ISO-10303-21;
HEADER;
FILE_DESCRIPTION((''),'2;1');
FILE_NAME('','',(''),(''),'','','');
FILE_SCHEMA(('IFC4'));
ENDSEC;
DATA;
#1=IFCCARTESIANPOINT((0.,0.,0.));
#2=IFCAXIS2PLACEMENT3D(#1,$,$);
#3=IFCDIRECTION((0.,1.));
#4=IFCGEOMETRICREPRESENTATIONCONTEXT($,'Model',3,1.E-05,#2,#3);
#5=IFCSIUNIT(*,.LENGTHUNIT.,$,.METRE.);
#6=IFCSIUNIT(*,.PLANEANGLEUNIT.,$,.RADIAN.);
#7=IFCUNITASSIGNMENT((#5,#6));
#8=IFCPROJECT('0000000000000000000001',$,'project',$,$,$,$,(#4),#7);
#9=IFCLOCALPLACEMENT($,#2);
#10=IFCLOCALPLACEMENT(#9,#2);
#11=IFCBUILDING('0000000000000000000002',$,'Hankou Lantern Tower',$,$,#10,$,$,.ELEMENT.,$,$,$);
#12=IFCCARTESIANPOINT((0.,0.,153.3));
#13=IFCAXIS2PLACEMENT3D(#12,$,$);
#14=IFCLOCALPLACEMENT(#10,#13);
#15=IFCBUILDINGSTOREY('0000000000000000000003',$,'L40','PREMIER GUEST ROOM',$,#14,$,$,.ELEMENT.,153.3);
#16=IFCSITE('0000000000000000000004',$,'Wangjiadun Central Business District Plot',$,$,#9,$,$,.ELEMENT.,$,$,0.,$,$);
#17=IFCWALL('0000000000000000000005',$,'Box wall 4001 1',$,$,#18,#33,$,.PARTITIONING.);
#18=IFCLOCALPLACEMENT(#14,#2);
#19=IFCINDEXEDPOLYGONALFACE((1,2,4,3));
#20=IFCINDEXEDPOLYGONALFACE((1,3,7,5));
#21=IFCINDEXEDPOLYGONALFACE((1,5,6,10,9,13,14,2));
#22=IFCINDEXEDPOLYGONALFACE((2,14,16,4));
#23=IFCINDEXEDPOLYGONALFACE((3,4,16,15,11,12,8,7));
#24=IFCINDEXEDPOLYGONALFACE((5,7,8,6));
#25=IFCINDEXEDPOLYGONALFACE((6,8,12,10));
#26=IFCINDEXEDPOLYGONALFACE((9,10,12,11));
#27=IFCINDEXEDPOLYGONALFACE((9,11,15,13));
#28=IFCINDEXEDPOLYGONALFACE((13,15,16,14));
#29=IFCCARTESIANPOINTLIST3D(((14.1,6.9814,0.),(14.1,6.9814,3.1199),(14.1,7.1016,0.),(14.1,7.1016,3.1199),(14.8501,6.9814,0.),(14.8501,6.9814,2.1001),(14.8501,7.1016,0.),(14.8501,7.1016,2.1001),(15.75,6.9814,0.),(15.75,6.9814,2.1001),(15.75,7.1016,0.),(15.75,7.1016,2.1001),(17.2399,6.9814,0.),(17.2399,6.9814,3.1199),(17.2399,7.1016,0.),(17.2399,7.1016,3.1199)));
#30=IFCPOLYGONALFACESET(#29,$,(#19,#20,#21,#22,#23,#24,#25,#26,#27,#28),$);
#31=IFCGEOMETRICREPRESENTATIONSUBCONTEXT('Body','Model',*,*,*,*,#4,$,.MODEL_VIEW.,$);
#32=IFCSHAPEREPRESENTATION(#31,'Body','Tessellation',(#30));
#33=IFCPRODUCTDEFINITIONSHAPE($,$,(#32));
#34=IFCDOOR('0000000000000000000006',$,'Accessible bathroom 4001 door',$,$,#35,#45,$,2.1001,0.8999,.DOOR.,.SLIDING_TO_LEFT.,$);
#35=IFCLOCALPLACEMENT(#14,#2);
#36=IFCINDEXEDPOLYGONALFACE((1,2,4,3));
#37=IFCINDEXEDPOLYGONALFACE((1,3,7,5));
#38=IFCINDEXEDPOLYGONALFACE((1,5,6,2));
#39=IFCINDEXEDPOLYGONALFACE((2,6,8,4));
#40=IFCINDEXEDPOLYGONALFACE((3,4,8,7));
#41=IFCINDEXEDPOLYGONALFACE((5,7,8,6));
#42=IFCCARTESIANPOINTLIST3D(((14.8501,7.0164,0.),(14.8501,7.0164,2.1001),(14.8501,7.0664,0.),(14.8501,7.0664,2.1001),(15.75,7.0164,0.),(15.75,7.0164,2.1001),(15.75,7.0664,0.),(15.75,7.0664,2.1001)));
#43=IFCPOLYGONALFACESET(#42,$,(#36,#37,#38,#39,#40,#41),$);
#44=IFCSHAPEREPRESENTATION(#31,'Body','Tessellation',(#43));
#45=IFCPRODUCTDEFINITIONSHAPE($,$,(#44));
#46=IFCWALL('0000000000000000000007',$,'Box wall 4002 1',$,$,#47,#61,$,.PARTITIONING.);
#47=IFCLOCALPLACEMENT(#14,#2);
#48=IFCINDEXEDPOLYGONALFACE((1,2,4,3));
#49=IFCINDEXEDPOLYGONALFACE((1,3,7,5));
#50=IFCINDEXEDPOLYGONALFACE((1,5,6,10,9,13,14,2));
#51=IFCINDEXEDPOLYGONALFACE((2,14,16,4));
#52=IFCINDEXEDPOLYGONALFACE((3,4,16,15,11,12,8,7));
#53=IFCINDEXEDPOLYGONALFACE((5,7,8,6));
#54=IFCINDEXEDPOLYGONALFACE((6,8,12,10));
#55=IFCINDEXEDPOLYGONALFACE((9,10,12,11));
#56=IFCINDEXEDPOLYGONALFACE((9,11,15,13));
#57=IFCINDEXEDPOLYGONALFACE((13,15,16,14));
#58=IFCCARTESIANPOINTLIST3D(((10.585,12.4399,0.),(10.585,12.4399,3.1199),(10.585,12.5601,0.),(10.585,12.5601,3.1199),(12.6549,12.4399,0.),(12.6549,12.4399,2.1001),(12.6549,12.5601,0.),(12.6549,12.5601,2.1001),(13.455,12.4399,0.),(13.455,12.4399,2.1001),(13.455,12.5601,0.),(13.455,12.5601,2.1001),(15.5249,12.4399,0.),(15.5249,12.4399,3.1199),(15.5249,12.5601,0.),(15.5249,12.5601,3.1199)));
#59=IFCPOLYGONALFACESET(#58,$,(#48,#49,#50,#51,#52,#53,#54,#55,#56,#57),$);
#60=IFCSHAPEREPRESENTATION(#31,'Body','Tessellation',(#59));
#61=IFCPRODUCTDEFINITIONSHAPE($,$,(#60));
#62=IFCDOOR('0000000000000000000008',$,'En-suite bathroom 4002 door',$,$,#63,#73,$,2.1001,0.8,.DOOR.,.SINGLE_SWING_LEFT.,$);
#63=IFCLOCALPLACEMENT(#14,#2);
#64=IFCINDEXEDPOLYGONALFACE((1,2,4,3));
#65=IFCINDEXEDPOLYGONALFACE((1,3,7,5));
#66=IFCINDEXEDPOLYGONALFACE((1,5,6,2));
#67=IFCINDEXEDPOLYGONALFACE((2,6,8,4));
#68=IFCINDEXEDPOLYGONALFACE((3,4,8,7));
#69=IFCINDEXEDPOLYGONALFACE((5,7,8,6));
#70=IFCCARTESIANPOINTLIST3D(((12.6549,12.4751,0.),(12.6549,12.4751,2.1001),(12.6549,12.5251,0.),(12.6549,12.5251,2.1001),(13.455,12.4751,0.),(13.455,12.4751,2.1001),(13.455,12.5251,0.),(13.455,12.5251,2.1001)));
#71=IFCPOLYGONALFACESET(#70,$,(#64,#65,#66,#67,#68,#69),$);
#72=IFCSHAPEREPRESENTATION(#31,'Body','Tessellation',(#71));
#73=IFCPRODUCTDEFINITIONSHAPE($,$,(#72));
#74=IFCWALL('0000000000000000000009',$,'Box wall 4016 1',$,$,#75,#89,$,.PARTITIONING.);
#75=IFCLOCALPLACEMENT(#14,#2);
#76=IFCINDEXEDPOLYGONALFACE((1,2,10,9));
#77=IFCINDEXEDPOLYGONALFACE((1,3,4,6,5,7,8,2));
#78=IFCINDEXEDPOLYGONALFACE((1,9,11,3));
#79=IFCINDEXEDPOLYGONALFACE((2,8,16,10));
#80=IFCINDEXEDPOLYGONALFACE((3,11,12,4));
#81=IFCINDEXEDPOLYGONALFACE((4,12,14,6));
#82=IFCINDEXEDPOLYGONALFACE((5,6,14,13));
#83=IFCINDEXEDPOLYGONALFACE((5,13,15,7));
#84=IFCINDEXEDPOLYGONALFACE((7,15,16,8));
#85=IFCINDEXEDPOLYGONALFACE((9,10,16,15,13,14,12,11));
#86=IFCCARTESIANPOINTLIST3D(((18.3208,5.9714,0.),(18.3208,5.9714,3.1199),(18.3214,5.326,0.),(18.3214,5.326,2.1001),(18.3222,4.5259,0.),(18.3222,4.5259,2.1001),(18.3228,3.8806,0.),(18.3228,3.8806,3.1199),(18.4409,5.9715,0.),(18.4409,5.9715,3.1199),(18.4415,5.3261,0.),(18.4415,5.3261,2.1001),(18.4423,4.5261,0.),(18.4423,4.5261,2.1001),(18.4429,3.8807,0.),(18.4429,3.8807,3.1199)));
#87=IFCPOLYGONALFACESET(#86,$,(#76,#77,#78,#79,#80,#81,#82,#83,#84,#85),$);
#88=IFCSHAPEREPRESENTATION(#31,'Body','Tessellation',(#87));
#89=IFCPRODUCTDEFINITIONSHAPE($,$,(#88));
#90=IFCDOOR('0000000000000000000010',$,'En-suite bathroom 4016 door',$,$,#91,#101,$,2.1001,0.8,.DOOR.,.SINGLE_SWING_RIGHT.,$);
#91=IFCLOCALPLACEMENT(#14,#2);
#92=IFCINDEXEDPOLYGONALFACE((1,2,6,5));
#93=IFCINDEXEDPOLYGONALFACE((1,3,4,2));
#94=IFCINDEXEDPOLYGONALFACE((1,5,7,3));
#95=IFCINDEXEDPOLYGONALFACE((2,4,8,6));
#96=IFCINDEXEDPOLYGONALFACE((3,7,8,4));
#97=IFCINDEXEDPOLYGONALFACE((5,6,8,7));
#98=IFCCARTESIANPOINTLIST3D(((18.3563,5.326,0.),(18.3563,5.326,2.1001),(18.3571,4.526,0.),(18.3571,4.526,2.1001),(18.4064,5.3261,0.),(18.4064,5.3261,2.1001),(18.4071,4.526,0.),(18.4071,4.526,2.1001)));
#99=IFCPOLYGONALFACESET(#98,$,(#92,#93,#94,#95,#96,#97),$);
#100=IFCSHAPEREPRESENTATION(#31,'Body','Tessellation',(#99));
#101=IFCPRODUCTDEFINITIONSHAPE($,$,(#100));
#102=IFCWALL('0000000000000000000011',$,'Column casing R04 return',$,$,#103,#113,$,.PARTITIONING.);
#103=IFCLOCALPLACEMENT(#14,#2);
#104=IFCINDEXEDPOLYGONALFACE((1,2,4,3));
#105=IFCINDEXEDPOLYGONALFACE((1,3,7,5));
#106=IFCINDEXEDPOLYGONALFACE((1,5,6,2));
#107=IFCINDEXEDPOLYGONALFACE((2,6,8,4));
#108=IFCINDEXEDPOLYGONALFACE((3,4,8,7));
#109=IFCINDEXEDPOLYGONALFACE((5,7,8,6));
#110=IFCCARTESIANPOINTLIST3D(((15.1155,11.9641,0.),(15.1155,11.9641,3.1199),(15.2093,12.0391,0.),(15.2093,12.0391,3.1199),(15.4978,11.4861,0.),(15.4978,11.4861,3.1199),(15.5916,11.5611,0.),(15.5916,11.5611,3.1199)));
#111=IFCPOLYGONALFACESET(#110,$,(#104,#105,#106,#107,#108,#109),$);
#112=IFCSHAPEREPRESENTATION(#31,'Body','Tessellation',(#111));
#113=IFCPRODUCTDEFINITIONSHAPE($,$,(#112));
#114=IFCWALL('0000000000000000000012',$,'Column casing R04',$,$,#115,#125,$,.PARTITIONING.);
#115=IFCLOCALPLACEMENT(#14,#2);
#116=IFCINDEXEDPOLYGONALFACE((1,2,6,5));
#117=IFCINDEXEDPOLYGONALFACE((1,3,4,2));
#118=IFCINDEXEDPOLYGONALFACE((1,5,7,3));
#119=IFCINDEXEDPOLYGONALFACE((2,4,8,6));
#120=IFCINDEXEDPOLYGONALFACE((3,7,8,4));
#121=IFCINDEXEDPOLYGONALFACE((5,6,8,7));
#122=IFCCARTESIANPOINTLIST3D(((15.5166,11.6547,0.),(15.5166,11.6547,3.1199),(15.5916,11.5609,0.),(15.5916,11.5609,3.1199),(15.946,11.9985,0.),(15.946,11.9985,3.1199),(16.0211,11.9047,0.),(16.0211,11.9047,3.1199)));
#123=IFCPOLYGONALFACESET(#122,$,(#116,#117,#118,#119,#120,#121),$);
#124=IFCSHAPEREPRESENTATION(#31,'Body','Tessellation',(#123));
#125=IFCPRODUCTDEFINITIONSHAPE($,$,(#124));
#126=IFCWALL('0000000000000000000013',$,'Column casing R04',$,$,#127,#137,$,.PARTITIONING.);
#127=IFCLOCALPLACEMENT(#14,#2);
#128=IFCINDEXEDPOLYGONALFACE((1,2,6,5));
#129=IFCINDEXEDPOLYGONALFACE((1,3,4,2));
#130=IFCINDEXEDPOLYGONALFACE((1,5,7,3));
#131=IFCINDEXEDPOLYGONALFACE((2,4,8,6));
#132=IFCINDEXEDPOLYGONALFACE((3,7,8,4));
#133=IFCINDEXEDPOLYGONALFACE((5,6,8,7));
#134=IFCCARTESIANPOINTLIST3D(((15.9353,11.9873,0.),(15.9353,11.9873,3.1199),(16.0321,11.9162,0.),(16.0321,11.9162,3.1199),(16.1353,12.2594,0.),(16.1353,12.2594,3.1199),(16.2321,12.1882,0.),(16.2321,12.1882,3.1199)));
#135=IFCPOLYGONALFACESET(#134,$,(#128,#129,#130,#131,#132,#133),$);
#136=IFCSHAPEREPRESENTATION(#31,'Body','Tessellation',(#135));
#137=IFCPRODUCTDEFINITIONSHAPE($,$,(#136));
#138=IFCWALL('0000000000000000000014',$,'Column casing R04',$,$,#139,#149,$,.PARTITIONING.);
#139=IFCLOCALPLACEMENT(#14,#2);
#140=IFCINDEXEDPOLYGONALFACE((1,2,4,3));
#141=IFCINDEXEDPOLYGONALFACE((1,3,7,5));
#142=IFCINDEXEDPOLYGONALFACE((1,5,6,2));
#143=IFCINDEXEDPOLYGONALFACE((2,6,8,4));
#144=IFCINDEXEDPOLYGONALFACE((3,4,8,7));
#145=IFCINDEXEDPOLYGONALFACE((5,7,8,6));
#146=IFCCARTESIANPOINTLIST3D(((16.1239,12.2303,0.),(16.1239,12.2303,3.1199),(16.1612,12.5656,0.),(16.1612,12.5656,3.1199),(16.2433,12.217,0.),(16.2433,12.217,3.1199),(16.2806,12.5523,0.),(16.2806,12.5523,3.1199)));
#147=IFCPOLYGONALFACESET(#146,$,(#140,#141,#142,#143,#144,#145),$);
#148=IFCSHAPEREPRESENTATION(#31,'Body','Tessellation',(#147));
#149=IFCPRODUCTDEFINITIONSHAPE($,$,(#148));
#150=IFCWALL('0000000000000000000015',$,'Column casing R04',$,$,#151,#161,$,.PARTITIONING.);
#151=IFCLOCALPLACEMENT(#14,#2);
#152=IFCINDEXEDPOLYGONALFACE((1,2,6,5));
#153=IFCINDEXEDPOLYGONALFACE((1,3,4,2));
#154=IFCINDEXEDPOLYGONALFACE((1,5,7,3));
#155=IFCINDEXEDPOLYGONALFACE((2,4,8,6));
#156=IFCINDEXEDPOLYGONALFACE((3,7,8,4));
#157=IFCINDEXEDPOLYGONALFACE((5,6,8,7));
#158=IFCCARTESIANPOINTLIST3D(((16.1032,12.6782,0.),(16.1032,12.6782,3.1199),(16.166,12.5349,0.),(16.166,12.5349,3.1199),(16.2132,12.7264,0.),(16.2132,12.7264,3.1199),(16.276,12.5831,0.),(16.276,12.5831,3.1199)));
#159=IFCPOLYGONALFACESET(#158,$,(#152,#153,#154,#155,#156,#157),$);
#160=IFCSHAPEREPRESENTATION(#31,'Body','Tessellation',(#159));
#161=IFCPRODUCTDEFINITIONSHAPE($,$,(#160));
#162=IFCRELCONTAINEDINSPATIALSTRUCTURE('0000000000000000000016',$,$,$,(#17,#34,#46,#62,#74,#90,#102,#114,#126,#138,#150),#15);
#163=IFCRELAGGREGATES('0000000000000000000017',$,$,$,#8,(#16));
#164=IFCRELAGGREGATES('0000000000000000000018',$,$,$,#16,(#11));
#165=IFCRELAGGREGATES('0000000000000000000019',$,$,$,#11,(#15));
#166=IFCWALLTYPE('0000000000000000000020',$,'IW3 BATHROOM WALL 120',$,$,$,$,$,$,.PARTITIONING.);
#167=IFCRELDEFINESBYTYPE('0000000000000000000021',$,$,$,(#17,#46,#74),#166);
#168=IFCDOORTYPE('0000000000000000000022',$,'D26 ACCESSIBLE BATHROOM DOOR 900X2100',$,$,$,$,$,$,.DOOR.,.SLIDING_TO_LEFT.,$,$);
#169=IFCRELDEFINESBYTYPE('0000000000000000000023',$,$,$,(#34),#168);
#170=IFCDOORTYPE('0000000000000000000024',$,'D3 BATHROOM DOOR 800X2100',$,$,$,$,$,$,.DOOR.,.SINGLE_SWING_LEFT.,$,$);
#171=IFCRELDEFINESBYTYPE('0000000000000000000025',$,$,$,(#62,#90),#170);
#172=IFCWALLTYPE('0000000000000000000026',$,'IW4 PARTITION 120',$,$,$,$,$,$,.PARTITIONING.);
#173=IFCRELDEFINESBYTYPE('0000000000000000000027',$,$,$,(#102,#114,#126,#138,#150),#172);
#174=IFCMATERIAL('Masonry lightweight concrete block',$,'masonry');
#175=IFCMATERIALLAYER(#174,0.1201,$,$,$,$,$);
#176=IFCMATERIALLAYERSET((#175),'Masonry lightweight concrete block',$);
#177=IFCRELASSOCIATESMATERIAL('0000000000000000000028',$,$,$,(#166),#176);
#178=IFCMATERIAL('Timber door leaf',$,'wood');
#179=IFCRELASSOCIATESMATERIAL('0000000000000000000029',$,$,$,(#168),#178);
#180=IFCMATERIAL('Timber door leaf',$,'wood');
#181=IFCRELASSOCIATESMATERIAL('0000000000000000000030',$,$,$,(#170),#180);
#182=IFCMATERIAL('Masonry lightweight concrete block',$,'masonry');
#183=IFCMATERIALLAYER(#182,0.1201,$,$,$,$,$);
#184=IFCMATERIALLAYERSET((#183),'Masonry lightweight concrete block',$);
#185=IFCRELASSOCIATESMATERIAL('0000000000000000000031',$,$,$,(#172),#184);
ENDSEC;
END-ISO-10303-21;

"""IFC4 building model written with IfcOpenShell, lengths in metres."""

from ifc_helpers import new_model, si_unit, direction, frame, frame_2d, origin, place, context, subcontext, project, spatial, rectangle, extrude, material, layer, layer_set, type_object, element, fill, save


model = new_model("IFC4")

# Units and contexts
model_context = context("Model", 3, precision=1e-05, world=origin(), true_north=direction((0.0, 1.0)))
body_context = subcontext(model_context, "Body", "Model", "MODEL_VIEW")
ifc_project = project(units=[si_unit("LENGTHUNIT", "METRE"), si_unit("PLANEANGLEUNIT", "RADIAN")], contexts=[model_context])

# Site, building, storey
site_placement = place(None, origin())
site = spatial("IfcSite", under=ifc_project, at=site_placement, Name="Wangjiadun Central Business District Plot", CompositionType="ELEMENT", RefElevation=0.0)
building_placement = place(site_placement, origin())
building = spatial("IfcBuilding", under=site, at=building_placement, Name="Hankou Lantern Tower", CompositionType="ELEMENT")
storey_placement = place(building_placement, frame((0.0, 0.0, 153.3)))
storey = spatial("IfcBuildingStorey", under=building, at=storey_placement, Name="L40", Description="PREMIER GUEST ROOM", CompositionType="ELEMENT", Elevation=153.3)

# Walls, openings, doors
ifc_material_1 = material(Name="Masonry lightweight concrete block", Category="masonry")
ifc_layer_1 = layer(ifc_material_1, 0.1201)
ifc_layer_set_1 = layer_set([ifc_layer_1], Name="Masonry lightweight concrete block")
wall_type_1 = type_object("IfcWallType", Name="IW3 BATHROOM WALL 120", PredefinedType="PARTITIONING", material=ifc_layer_set_1)
wall_1_placement = place(storey_placement, frame((14.1001, 7.0415, 0.0), z_axis=(0.0, 0.0, 1.0), x_axis=(1.0, 0.0, 0.0)))
wall_1 = element("IfcWall", 1, at=wall_1_placement, inside=storey, type_object=wall_type_1, Name="Box wall 4001 1", PredefinedType="PARTITIONING", context=body_context, shape_type="SweptSolid", body=[
    extrude(rectangle(XDim=3.1399, YDim=0.1201, at=frame_2d((1.5698, 0.0))), origin(), (0.0, 0.0, 1.0), 3.1199),
])
opening_1_placement = place(wall_1_placement, frame((0.75, 0.0, 0.0)))
opening_1 = element("IfcOpeningElement", 2, at=opening_1_placement, cuts=wall_1, PredefinedType="OPENING", context=body_context, shape_type="SweptSolid", body=[
    extrude(rectangle(XDim=0.8999, YDim=2.1001, at=frame_2d((0.45, 1.05))), frame((0.0, 0.0701, 0.0), z_axis=(0.0, -1.0, 0.0), x_axis=(1.0, 0.0, 0.0)), (0.0, 0.0, 1.0), 0.1401),
])
ifc_material_2 = material(Name="Timber door leaf", Category="wood")
door_type_1 = type_object("IfcDoorType", Name="D26 ACCESSIBLE BATHROOM DOOR 900X2100", OperationType="SLIDING_TO_LEFT", PredefinedType="DOOR", material=ifc_material_2)
door_1_placement = place(opening_1_placement, origin())
door_1 = element("IfcDoor", 3, at=door_1_placement, inside=storey, type_object=door_type_1, Name="Accessible bathroom 4001 door", OperationType="SLIDING_TO_LEFT", OverallHeight=2.1001, OverallWidth=0.8999, PredefinedType="DOOR", context=body_context, shape_type="SweptSolid", body=[
    extrude(rectangle(XDim=0.8999, YDim=2.1001, at=frame_2d((0.45, 1.05))), frame((0.0, 0.0249, 0.0), z_axis=(0.0, -1.0, 0.0), x_axis=(1.0, 0.0, 0.0)), (0.0, 0.0, 1.0), 0.05),
])
fill(opening_1, door_1)
wall_2_placement = place(storey_placement, frame((15.5249, 12.5, 0.0), z_axis=(0.0, 0.0, 1.0), x_axis=(-1.0, 0.0, 0.0)))
wall_2 = element("IfcWall", 4, at=wall_2_placement, inside=storey, type_object=wall_type_1, Name="Box wall 4002 1", PredefinedType="PARTITIONING", context=body_context, shape_type="SweptSolid", body=[
    extrude(rectangle(XDim=4.9399, YDim=0.1201, at=frame_2d((2.47, 0.0))), origin(), (0.0, 0.0, 1.0), 3.1199),
])
opening_2_placement = place(wall_2_placement, frame((2.0701, 0.0, 0.0)))
opening_2 = element("IfcOpeningElement", 5, at=opening_2_placement, cuts=wall_2, PredefinedType="OPENING", context=body_context, shape_type="SweptSolid", body=[
    extrude(rectangle(XDim=0.8, YDim=2.1001, at=frame_2d((0.3999, 1.05))), frame((0.0, 0.0701, 0.0), z_axis=(0.0, -1.0, 0.0), x_axis=(1.0, 0.0, 0.0)), (0.0, 0.0, 1.0), 0.1401),
])
ifc_material_3 = material(Name="Timber door leaf", Category="wood")
door_type_2 = type_object("IfcDoorType", Name="D3 BATHROOM DOOR 800X2100", OperationType="SINGLE_SWING_LEFT", PredefinedType="DOOR", material=ifc_material_3)
door_2_placement = place(opening_2_placement, origin())
door_2 = element("IfcDoor", 6, at=door_2_placement, inside=storey, type_object=door_type_2, Name="En-suite bathroom 4002 door", OperationType="SINGLE_SWING_LEFT", OverallHeight=2.1001, OverallWidth=0.8, PredefinedType="DOOR", context=body_context, shape_type="SweptSolid", body=[
    extrude(rectangle(XDim=0.8, YDim=2.1001, at=frame_2d((0.3999, 1.05))), frame((0.0, 0.0249, 0.0), z_axis=(0.0, -1.0, 0.0), x_axis=(1.0, 0.0, 0.0)), (0.0, 0.0, 1.0), 0.05),
])
fill(opening_2, door_2)
wall_3_placement = place(storey_placement, frame((18.3809, 5.9714, 0.0), z_axis=(0.0, 0.0, 1.0), x_axis=(0.000934, -1.0, 0.0)))
wall_3 = element("IfcWall", 7, at=wall_3_placement, inside=storey, type_object=wall_type_1, Name="Box wall 4016 1", PredefinedType="PARTITIONING", context=body_context, shape_type="SweptSolid", body=[
    extrude(rectangle(XDim=2.0908, YDim=0.1201, at=frame_2d((1.0454, 0.0))), origin(), (0.0, 0.0, 1.0), 3.1199),
])
opening_3_placement = place(wall_3_placement, frame((0.6455, 0.0, 0.0)))
opening_3 = element("IfcOpeningElement", 8, at=opening_3_placement, cuts=wall_3, PredefinedType="OPENING", context=body_context, shape_type="SweptSolid", body=[
    extrude(rectangle(XDim=0.8, YDim=2.1001, at=frame_2d((0.3999, 1.05))), frame((0.0, 0.0701, 0.0), z_axis=(0.0, -1.0, 0.0), x_axis=(1.0, 0.0, 0.0)), (0.0, 0.0, 1.0), 0.1401),
])
door_3_placement = place(opening_3_placement, origin())
door_3 = element("IfcDoor", 9, at=door_3_placement, inside=storey, type_object=door_type_2, Name="En-suite bathroom 4016 door", OperationType="SINGLE_SWING_RIGHT", OverallHeight=2.1001, OverallWidth=0.8, PredefinedType="DOOR", context=body_context, shape_type="SweptSolid", body=[
    extrude(rectangle(XDim=0.8, YDim=2.1001, at=frame_2d((0.3999, 1.05))), frame((0.0, 0.0249, 0.0), z_axis=(0.0, -1.0, 0.0), x_axis=(1.0, 0.0, 0.0)), (0.0, 0.0, 1.0), 0.05),
])
fill(opening_3, door_3)

# Walls
ifc_material_4 = material(Name="Masonry lightweight concrete block", Category="masonry")
ifc_layer_2 = layer(ifc_material_4, 0.1201)
ifc_layer_set_2 = layer_set([ifc_layer_2], Name="Masonry lightweight concrete block")
wall_type_2 = type_object("IfcWallType", Name="IW4 PARTITION 120", PredefinedType="PARTITIONING", material=ifc_layer_set_2)
wall_4_placement = place(storey_placement, frame((15.1624, 12.0017, 0.0), z_axis=(0.0, 0.0, 1.0), x_axis=(0.624598, -0.780947, 0.0)))
element("IfcWall", 10, at=wall_4_placement, inside=storey, type_object=wall_type_2, Name="Column casing R04 return", PredefinedType="PARTITIONING", context=body_context, shape_type="SweptSolid", body=[
    extrude(rectangle(XDim=0.6121, YDim=0.1201, at=frame_2d((0.3062, 0.0))), origin(), (0.0, 0.0, 1.0), 3.1199),
])
wall_5_placement = place(storey_placement, frame((15.5542, 11.6079, 0.0), z_axis=(0.0, 0.0, 1.0), x_axis=(0.780696, 0.624912, 0.0)))
element("IfcWall", 11, at=wall_5_placement, inside=storey, type_object=wall_type_2, Name="Column casing R04", PredefinedType="PARTITIONING", context=body_context, shape_type="SweptSolid", body=[
    extrude(rectangle(XDim=0.55, YDim=0.1201, at=frame_2d((0.2749, 0.0))), origin(), (0.0, 0.0, 1.0), 3.1199),
])
wall_6_placement = place(storey_placement, frame((15.9836, 11.9517, 0.0), z_axis=(0.0, 0.0, 1.0), x_axis=(0.592335, 0.805692, 0.0)))
element("IfcWall", 12, at=wall_6_placement, inside=storey, type_object=wall_type_2, Name="Column casing R04", PredefinedType="PARTITIONING", context=body_context, shape_type="SweptSolid", body=[
    extrude(rectangle(XDim=0.3376, YDim=0.1201, at=frame_2d((0.1689, 0.0))), origin(), (0.0, 0.0, 1.0), 3.1199),
])
wall_7_placement = place(storey_placement, frame((16.1836, 12.2236, 0.0), z_axis=(0.0, 0.0, 1.0), x_axis=(0.11067, 0.993857, 0.0)))
element("IfcWall", 13, at=wall_7_placement, inside=storey, type_object=wall_type_2, Name="Column casing R04", PredefinedType="PARTITIONING", context=body_context, shape_type="SweptSolid", body=[
    extrude(rectangle(XDim=0.3374, YDim=0.1201, at=frame_2d((0.1687, 0.0))), origin(), (0.0, 0.0, 1.0), 3.1199),
])
wall_8_placement = place(storey_placement, frame((16.2209, 12.5591, 0.0), z_axis=(0.0, 0.0, 1.0), x_axis=(-0.401064, 0.91605, 0.0)))
element("IfcWall", 14, at=wall_8_placement, inside=storey, type_object=wall_type_2, Name="Column casing R04", PredefinedType="PARTITIONING", context=body_context, shape_type="SweptSolid", body=[
    extrude(rectangle(XDim=0.1565, YDim=0.1201, at=frame_2d((0.0781, 0.0))), origin(), (0.0, 0.0, 1.0), 3.1199),
])

save(model, "model.ifc")
